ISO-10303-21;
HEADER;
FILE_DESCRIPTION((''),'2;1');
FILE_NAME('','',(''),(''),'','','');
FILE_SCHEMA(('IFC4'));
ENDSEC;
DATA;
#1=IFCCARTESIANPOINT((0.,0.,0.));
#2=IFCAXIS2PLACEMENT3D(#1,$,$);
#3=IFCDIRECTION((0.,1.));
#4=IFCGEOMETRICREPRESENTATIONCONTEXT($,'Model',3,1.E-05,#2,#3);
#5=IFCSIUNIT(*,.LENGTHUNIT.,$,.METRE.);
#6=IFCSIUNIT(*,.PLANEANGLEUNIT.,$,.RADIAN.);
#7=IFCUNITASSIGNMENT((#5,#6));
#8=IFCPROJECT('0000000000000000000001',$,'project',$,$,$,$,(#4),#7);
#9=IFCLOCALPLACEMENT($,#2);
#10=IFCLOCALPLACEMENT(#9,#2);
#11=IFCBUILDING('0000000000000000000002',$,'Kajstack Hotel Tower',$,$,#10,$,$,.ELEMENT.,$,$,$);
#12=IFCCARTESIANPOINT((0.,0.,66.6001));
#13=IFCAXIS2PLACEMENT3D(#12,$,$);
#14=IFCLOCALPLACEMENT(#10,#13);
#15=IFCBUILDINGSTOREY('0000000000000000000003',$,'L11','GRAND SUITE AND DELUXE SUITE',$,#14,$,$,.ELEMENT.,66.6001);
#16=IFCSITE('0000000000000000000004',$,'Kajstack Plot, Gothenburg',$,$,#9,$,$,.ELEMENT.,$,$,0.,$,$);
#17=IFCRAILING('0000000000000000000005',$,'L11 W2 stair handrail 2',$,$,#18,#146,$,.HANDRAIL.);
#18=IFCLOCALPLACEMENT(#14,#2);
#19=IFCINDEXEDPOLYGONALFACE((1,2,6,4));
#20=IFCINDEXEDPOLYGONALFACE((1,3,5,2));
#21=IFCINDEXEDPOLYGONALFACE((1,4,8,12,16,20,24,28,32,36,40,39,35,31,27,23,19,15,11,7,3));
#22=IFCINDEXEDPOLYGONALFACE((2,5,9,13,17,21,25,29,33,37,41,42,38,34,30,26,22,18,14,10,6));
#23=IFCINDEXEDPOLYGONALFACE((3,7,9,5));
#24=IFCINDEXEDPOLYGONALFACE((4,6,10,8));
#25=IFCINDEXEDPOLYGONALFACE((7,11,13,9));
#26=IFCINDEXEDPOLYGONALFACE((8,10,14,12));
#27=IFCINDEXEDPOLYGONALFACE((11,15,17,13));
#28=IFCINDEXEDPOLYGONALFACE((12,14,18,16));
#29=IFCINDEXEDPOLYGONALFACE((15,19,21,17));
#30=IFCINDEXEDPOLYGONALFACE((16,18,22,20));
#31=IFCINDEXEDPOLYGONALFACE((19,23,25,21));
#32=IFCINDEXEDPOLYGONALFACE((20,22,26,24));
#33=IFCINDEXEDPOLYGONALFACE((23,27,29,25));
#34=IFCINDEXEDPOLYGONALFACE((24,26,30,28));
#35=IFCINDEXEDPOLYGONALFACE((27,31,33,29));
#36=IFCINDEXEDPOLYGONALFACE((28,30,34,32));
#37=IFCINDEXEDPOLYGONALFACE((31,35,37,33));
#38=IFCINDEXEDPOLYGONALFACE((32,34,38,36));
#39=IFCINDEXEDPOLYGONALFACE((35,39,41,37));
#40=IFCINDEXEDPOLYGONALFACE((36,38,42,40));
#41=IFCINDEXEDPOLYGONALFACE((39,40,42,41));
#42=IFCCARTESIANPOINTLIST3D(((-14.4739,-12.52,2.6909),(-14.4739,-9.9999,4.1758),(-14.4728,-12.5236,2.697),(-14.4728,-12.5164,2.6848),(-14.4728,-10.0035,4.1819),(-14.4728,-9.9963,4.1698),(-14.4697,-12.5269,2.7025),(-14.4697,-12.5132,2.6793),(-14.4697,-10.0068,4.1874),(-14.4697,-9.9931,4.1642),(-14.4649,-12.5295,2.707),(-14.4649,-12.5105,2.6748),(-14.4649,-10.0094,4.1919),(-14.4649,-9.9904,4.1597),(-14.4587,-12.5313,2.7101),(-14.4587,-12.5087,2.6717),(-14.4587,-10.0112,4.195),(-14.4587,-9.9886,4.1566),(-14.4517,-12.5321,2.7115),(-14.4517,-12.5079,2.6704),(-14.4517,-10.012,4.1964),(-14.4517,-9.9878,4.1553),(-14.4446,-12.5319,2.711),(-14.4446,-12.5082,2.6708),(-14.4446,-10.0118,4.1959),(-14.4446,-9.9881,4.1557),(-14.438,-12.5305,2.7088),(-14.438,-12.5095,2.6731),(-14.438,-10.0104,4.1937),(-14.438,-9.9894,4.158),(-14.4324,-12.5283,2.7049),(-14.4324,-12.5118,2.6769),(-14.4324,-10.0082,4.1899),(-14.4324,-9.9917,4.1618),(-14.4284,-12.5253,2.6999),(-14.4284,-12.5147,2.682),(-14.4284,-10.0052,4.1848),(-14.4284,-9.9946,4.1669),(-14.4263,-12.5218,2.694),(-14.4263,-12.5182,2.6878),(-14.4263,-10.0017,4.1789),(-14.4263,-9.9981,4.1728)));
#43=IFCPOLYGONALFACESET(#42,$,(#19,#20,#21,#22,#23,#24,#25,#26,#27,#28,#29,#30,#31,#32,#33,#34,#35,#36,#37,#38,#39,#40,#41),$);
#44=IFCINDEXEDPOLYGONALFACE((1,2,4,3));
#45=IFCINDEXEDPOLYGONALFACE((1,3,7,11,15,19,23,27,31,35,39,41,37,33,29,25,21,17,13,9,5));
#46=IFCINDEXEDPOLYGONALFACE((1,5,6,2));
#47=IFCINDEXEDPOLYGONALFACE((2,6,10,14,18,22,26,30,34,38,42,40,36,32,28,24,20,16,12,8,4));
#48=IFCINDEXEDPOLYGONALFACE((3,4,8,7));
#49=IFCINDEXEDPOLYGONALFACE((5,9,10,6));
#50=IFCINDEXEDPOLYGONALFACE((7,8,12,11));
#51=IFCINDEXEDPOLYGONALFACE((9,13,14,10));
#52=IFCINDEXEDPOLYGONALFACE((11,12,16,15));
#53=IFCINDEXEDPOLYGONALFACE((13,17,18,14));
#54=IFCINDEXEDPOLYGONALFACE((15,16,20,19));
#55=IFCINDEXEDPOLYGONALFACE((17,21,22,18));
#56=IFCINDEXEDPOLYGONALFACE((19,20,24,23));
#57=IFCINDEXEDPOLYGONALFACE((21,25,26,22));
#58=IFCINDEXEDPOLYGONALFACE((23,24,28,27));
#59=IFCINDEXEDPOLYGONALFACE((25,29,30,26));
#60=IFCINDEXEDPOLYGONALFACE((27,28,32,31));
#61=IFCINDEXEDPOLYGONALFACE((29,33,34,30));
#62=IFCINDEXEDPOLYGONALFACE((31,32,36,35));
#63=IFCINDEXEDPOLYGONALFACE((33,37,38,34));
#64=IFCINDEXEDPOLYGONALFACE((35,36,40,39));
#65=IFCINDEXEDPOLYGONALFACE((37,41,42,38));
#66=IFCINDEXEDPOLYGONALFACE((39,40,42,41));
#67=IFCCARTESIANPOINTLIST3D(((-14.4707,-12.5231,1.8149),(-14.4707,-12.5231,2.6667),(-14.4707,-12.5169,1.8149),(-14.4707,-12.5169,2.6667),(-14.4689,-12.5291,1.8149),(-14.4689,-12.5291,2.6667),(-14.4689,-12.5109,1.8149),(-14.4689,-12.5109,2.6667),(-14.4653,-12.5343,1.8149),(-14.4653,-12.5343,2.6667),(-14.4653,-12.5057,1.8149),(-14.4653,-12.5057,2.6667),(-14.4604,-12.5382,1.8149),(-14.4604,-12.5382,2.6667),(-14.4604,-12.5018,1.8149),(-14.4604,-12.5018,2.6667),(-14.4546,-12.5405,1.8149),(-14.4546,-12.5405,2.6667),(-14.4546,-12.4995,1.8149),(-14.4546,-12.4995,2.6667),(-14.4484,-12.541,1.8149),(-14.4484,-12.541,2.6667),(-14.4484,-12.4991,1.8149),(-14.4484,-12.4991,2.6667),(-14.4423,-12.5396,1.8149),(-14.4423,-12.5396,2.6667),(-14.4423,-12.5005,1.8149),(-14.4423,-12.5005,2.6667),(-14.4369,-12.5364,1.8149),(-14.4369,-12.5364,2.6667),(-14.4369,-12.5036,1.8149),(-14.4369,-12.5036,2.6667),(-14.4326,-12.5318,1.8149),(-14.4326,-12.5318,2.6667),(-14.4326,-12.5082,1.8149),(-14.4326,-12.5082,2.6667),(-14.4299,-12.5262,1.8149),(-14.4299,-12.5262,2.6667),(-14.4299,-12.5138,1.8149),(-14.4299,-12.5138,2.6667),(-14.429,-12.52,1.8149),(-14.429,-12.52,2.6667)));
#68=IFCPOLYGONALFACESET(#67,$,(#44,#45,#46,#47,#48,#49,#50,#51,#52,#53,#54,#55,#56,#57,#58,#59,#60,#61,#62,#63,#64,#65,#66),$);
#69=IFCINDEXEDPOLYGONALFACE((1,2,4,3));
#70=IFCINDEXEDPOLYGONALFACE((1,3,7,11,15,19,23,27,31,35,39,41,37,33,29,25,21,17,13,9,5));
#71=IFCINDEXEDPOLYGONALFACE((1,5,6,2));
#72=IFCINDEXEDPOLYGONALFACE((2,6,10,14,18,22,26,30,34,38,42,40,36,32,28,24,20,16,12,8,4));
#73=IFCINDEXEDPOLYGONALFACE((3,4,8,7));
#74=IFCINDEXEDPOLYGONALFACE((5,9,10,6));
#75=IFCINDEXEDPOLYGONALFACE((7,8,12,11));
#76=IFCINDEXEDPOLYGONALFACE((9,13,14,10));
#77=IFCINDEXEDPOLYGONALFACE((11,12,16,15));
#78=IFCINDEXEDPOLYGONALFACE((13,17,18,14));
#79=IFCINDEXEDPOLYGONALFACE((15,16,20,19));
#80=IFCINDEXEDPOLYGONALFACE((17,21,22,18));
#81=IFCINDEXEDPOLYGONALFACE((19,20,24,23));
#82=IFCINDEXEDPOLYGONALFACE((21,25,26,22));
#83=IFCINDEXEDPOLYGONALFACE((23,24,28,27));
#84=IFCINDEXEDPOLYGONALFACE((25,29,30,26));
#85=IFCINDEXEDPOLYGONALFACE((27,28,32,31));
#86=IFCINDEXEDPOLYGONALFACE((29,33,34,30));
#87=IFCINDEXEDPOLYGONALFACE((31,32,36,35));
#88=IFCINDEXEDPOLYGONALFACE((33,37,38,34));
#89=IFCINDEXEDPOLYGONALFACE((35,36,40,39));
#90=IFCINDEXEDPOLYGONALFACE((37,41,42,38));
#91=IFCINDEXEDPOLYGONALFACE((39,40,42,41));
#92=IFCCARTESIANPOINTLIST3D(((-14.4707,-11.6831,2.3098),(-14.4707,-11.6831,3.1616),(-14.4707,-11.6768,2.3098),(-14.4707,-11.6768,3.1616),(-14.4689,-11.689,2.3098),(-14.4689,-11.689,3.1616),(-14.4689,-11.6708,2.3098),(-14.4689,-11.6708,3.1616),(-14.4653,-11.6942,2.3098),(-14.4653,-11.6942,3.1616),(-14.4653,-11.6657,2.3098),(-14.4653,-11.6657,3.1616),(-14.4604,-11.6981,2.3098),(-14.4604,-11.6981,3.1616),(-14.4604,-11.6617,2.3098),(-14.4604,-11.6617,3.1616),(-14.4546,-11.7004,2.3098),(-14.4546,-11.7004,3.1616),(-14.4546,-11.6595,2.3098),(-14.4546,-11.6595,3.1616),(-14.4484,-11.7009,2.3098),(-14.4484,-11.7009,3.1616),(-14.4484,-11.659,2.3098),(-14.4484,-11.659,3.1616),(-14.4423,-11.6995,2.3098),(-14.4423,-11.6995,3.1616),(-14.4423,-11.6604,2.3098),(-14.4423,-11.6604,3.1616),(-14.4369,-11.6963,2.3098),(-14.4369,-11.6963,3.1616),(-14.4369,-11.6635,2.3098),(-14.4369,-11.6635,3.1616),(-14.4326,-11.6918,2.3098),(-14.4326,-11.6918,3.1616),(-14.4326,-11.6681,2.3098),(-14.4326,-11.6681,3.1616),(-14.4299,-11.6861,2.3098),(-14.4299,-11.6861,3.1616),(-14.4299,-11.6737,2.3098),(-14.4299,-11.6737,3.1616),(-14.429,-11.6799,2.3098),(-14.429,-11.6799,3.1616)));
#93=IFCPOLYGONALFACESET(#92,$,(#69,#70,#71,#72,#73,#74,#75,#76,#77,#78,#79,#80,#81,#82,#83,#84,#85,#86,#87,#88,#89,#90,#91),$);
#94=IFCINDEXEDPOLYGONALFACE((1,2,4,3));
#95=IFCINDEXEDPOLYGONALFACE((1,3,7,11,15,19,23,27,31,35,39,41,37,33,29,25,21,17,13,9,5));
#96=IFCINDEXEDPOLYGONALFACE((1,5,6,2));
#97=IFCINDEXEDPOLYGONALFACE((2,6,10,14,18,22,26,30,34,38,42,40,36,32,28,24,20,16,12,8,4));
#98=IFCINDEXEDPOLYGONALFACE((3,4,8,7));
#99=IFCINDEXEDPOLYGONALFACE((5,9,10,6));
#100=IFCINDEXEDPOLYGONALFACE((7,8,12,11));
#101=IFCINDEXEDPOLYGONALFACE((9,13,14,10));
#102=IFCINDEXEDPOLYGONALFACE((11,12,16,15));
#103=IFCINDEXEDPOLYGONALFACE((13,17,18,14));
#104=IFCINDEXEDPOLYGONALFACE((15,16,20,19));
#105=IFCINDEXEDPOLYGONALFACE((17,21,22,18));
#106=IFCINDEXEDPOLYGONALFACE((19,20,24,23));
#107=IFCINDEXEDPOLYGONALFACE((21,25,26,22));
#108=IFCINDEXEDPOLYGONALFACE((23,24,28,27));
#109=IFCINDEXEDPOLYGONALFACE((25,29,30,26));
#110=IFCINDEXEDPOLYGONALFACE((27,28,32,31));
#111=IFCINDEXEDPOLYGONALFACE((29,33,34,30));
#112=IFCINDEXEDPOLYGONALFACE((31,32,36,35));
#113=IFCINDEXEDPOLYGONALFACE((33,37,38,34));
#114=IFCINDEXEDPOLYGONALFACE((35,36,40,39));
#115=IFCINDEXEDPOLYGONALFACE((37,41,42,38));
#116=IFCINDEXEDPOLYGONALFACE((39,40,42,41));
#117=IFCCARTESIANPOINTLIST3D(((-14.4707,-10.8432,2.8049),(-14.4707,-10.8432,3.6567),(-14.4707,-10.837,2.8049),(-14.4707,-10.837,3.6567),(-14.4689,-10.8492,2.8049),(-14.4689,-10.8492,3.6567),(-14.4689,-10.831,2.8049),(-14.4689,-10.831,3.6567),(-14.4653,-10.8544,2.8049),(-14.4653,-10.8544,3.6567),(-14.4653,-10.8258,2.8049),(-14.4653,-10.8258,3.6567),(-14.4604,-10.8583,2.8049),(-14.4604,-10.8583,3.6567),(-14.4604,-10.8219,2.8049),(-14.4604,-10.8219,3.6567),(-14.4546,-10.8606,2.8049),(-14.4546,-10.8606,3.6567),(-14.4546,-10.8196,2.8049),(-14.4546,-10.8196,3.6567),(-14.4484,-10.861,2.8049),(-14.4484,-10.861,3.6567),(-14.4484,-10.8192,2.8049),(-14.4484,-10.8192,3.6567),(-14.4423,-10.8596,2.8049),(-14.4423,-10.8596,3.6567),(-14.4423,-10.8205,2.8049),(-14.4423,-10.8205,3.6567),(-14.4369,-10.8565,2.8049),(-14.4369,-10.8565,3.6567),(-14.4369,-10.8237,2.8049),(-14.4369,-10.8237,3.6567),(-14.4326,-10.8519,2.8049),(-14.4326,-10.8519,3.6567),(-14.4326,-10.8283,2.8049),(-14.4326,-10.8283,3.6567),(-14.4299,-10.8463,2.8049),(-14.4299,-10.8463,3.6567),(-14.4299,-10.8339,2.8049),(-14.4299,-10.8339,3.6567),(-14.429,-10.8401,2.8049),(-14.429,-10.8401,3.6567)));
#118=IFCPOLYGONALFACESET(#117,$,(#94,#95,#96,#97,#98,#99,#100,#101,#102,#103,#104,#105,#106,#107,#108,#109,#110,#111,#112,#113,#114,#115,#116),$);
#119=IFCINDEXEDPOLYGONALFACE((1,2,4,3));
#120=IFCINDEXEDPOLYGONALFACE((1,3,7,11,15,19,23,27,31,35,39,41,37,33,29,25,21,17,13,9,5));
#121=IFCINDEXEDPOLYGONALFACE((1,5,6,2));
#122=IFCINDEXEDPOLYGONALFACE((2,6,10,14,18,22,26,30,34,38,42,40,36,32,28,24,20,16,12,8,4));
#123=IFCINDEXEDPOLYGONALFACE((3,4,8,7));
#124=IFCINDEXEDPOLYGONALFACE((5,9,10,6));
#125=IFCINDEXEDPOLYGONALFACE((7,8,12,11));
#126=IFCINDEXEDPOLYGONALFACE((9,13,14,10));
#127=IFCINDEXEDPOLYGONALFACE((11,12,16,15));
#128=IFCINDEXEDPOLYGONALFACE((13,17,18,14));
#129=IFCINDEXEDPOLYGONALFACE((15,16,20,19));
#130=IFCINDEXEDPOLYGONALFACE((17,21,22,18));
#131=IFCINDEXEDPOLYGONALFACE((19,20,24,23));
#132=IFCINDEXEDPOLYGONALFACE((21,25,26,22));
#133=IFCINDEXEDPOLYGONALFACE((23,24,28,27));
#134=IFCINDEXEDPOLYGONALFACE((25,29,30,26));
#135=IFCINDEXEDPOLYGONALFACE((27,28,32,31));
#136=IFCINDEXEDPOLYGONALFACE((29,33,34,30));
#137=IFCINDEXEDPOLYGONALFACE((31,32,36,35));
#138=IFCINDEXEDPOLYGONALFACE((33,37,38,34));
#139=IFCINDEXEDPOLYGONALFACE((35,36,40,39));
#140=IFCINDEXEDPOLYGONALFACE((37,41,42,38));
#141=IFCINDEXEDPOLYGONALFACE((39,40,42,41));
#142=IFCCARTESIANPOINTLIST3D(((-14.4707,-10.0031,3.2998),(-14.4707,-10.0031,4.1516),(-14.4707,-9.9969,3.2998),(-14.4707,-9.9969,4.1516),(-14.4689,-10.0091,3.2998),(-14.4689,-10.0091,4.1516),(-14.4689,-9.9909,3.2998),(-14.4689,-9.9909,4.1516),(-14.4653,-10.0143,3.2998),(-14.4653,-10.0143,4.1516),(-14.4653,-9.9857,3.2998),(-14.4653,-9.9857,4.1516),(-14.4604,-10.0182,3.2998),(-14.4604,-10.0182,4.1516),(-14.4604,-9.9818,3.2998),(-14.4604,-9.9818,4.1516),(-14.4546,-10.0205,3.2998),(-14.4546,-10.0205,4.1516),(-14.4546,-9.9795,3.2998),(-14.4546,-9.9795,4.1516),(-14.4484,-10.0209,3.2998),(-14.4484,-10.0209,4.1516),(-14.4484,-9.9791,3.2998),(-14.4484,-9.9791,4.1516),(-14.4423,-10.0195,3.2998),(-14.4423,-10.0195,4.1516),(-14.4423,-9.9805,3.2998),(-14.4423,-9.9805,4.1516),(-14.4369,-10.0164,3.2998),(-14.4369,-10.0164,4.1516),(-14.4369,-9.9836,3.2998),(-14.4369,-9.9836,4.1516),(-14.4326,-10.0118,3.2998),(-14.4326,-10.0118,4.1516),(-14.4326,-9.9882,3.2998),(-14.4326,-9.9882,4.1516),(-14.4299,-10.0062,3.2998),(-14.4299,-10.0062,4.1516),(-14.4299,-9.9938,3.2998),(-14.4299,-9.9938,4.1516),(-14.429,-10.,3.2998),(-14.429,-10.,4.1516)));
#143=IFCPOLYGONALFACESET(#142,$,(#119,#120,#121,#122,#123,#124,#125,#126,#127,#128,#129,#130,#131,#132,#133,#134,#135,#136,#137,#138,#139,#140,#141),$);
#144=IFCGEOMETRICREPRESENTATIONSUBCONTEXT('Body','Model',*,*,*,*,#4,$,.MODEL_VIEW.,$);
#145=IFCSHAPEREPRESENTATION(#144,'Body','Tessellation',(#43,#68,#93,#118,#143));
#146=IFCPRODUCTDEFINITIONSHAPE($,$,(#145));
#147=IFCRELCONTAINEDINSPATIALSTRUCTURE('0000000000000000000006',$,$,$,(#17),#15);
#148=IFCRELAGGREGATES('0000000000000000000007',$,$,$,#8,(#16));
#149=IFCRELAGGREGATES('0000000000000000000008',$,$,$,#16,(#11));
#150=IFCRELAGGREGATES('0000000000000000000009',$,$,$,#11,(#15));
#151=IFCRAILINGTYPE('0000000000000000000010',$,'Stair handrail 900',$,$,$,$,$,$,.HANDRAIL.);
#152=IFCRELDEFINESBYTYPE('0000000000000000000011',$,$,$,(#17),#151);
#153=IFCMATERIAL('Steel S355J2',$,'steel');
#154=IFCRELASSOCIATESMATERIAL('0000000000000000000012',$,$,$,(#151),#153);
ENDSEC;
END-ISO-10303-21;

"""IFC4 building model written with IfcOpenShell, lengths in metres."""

from ifc_helpers import new_model, si_unit, direction, frame, origin, origin_2d, place, context, subcontext, project, spatial, circle, extrude, material, type_object, element, save


model = new_model("IFC4")

# Units and contexts
model_context = context("Model", 3, precision=1e-05, world=origin(), true_north=direction((0.0, 1.0)))
body_context = subcontext(model_context, "Body", "Model", "MODEL_VIEW")
ifc_project = project(units=[si_unit("LENGTHUNIT", "METRE"), si_unit("PLANEANGLEUNIT", "RADIAN")], contexts=[model_context])

# Site, building, storey
site_placement = place(None, origin())
site = spatial("IfcSite", under=ifc_project, at=site_placement, Name="Kajstack Plot, Gothenburg", CompositionType="ELEMENT", RefElevation=0.0)
building_placement = place(site_placement, origin())
building = spatial("IfcBuilding", under=site, at=building_placement, Name="Kajstack Hotel Tower", CompositionType="ELEMENT")
storey_placement = place(building_placement, frame((0.0, 0.0, 66.6001)))
storey = spatial("IfcBuildingStorey", under=building, at=storey_placement, Name="L11", Description="GRAND SUITE AND DELUXE SUITE", CompositionType="ELEMENT", Elevation=66.6001)

# Railing
ifc_material_1 = material(Name="Steel S355J2", Category="steel")
railing_type_1 = type_object("IfcRailingType", Name="Stair handrail 900", PredefinedType="HANDRAIL", material=ifc_material_1)
railing_1_placement = place(storey_placement, frame((-14.45, -12.52, 1.8149)))
element("IfcRailing", 1, at=railing_1_placement, inside=storey, type_object=railing_type_1, Name="L11 W2 stair handrail 2", PredefinedType="HANDRAIL", context=body_context, shape_type="SweptSolid", body=[
    extrude(circle(Radius=0.0239, at=origin_2d()), frame((0.0, 0.0, 0.876), z_axis=(0.0, 0.861561, 0.507655), x_axis=(-1.0, 0.0, 0.0)), (0.0, 0.0, 1.0), 2.925),
    extrude(circle(Radius=0.021, at=origin_2d()), origin(), (0.0, 0.0, 1.0), 0.8518),
    extrude(circle(Radius=0.021, at=origin_2d()), frame((0.0, 0.8401, 0.4949)), (0.0, 0.0, 1.0), 0.8518),
    extrude(circle(Radius=0.021, at=origin_2d()), frame((0.0, 1.6799, 0.99)), (0.0, 0.0, 1.0), 0.8518),
    extrude(circle(Radius=0.021, at=origin_2d()), frame((0.0, 2.52, 1.4849)), (0.0, 0.0, 1.0), 0.8518),
])

save(model, "model.ifc")
